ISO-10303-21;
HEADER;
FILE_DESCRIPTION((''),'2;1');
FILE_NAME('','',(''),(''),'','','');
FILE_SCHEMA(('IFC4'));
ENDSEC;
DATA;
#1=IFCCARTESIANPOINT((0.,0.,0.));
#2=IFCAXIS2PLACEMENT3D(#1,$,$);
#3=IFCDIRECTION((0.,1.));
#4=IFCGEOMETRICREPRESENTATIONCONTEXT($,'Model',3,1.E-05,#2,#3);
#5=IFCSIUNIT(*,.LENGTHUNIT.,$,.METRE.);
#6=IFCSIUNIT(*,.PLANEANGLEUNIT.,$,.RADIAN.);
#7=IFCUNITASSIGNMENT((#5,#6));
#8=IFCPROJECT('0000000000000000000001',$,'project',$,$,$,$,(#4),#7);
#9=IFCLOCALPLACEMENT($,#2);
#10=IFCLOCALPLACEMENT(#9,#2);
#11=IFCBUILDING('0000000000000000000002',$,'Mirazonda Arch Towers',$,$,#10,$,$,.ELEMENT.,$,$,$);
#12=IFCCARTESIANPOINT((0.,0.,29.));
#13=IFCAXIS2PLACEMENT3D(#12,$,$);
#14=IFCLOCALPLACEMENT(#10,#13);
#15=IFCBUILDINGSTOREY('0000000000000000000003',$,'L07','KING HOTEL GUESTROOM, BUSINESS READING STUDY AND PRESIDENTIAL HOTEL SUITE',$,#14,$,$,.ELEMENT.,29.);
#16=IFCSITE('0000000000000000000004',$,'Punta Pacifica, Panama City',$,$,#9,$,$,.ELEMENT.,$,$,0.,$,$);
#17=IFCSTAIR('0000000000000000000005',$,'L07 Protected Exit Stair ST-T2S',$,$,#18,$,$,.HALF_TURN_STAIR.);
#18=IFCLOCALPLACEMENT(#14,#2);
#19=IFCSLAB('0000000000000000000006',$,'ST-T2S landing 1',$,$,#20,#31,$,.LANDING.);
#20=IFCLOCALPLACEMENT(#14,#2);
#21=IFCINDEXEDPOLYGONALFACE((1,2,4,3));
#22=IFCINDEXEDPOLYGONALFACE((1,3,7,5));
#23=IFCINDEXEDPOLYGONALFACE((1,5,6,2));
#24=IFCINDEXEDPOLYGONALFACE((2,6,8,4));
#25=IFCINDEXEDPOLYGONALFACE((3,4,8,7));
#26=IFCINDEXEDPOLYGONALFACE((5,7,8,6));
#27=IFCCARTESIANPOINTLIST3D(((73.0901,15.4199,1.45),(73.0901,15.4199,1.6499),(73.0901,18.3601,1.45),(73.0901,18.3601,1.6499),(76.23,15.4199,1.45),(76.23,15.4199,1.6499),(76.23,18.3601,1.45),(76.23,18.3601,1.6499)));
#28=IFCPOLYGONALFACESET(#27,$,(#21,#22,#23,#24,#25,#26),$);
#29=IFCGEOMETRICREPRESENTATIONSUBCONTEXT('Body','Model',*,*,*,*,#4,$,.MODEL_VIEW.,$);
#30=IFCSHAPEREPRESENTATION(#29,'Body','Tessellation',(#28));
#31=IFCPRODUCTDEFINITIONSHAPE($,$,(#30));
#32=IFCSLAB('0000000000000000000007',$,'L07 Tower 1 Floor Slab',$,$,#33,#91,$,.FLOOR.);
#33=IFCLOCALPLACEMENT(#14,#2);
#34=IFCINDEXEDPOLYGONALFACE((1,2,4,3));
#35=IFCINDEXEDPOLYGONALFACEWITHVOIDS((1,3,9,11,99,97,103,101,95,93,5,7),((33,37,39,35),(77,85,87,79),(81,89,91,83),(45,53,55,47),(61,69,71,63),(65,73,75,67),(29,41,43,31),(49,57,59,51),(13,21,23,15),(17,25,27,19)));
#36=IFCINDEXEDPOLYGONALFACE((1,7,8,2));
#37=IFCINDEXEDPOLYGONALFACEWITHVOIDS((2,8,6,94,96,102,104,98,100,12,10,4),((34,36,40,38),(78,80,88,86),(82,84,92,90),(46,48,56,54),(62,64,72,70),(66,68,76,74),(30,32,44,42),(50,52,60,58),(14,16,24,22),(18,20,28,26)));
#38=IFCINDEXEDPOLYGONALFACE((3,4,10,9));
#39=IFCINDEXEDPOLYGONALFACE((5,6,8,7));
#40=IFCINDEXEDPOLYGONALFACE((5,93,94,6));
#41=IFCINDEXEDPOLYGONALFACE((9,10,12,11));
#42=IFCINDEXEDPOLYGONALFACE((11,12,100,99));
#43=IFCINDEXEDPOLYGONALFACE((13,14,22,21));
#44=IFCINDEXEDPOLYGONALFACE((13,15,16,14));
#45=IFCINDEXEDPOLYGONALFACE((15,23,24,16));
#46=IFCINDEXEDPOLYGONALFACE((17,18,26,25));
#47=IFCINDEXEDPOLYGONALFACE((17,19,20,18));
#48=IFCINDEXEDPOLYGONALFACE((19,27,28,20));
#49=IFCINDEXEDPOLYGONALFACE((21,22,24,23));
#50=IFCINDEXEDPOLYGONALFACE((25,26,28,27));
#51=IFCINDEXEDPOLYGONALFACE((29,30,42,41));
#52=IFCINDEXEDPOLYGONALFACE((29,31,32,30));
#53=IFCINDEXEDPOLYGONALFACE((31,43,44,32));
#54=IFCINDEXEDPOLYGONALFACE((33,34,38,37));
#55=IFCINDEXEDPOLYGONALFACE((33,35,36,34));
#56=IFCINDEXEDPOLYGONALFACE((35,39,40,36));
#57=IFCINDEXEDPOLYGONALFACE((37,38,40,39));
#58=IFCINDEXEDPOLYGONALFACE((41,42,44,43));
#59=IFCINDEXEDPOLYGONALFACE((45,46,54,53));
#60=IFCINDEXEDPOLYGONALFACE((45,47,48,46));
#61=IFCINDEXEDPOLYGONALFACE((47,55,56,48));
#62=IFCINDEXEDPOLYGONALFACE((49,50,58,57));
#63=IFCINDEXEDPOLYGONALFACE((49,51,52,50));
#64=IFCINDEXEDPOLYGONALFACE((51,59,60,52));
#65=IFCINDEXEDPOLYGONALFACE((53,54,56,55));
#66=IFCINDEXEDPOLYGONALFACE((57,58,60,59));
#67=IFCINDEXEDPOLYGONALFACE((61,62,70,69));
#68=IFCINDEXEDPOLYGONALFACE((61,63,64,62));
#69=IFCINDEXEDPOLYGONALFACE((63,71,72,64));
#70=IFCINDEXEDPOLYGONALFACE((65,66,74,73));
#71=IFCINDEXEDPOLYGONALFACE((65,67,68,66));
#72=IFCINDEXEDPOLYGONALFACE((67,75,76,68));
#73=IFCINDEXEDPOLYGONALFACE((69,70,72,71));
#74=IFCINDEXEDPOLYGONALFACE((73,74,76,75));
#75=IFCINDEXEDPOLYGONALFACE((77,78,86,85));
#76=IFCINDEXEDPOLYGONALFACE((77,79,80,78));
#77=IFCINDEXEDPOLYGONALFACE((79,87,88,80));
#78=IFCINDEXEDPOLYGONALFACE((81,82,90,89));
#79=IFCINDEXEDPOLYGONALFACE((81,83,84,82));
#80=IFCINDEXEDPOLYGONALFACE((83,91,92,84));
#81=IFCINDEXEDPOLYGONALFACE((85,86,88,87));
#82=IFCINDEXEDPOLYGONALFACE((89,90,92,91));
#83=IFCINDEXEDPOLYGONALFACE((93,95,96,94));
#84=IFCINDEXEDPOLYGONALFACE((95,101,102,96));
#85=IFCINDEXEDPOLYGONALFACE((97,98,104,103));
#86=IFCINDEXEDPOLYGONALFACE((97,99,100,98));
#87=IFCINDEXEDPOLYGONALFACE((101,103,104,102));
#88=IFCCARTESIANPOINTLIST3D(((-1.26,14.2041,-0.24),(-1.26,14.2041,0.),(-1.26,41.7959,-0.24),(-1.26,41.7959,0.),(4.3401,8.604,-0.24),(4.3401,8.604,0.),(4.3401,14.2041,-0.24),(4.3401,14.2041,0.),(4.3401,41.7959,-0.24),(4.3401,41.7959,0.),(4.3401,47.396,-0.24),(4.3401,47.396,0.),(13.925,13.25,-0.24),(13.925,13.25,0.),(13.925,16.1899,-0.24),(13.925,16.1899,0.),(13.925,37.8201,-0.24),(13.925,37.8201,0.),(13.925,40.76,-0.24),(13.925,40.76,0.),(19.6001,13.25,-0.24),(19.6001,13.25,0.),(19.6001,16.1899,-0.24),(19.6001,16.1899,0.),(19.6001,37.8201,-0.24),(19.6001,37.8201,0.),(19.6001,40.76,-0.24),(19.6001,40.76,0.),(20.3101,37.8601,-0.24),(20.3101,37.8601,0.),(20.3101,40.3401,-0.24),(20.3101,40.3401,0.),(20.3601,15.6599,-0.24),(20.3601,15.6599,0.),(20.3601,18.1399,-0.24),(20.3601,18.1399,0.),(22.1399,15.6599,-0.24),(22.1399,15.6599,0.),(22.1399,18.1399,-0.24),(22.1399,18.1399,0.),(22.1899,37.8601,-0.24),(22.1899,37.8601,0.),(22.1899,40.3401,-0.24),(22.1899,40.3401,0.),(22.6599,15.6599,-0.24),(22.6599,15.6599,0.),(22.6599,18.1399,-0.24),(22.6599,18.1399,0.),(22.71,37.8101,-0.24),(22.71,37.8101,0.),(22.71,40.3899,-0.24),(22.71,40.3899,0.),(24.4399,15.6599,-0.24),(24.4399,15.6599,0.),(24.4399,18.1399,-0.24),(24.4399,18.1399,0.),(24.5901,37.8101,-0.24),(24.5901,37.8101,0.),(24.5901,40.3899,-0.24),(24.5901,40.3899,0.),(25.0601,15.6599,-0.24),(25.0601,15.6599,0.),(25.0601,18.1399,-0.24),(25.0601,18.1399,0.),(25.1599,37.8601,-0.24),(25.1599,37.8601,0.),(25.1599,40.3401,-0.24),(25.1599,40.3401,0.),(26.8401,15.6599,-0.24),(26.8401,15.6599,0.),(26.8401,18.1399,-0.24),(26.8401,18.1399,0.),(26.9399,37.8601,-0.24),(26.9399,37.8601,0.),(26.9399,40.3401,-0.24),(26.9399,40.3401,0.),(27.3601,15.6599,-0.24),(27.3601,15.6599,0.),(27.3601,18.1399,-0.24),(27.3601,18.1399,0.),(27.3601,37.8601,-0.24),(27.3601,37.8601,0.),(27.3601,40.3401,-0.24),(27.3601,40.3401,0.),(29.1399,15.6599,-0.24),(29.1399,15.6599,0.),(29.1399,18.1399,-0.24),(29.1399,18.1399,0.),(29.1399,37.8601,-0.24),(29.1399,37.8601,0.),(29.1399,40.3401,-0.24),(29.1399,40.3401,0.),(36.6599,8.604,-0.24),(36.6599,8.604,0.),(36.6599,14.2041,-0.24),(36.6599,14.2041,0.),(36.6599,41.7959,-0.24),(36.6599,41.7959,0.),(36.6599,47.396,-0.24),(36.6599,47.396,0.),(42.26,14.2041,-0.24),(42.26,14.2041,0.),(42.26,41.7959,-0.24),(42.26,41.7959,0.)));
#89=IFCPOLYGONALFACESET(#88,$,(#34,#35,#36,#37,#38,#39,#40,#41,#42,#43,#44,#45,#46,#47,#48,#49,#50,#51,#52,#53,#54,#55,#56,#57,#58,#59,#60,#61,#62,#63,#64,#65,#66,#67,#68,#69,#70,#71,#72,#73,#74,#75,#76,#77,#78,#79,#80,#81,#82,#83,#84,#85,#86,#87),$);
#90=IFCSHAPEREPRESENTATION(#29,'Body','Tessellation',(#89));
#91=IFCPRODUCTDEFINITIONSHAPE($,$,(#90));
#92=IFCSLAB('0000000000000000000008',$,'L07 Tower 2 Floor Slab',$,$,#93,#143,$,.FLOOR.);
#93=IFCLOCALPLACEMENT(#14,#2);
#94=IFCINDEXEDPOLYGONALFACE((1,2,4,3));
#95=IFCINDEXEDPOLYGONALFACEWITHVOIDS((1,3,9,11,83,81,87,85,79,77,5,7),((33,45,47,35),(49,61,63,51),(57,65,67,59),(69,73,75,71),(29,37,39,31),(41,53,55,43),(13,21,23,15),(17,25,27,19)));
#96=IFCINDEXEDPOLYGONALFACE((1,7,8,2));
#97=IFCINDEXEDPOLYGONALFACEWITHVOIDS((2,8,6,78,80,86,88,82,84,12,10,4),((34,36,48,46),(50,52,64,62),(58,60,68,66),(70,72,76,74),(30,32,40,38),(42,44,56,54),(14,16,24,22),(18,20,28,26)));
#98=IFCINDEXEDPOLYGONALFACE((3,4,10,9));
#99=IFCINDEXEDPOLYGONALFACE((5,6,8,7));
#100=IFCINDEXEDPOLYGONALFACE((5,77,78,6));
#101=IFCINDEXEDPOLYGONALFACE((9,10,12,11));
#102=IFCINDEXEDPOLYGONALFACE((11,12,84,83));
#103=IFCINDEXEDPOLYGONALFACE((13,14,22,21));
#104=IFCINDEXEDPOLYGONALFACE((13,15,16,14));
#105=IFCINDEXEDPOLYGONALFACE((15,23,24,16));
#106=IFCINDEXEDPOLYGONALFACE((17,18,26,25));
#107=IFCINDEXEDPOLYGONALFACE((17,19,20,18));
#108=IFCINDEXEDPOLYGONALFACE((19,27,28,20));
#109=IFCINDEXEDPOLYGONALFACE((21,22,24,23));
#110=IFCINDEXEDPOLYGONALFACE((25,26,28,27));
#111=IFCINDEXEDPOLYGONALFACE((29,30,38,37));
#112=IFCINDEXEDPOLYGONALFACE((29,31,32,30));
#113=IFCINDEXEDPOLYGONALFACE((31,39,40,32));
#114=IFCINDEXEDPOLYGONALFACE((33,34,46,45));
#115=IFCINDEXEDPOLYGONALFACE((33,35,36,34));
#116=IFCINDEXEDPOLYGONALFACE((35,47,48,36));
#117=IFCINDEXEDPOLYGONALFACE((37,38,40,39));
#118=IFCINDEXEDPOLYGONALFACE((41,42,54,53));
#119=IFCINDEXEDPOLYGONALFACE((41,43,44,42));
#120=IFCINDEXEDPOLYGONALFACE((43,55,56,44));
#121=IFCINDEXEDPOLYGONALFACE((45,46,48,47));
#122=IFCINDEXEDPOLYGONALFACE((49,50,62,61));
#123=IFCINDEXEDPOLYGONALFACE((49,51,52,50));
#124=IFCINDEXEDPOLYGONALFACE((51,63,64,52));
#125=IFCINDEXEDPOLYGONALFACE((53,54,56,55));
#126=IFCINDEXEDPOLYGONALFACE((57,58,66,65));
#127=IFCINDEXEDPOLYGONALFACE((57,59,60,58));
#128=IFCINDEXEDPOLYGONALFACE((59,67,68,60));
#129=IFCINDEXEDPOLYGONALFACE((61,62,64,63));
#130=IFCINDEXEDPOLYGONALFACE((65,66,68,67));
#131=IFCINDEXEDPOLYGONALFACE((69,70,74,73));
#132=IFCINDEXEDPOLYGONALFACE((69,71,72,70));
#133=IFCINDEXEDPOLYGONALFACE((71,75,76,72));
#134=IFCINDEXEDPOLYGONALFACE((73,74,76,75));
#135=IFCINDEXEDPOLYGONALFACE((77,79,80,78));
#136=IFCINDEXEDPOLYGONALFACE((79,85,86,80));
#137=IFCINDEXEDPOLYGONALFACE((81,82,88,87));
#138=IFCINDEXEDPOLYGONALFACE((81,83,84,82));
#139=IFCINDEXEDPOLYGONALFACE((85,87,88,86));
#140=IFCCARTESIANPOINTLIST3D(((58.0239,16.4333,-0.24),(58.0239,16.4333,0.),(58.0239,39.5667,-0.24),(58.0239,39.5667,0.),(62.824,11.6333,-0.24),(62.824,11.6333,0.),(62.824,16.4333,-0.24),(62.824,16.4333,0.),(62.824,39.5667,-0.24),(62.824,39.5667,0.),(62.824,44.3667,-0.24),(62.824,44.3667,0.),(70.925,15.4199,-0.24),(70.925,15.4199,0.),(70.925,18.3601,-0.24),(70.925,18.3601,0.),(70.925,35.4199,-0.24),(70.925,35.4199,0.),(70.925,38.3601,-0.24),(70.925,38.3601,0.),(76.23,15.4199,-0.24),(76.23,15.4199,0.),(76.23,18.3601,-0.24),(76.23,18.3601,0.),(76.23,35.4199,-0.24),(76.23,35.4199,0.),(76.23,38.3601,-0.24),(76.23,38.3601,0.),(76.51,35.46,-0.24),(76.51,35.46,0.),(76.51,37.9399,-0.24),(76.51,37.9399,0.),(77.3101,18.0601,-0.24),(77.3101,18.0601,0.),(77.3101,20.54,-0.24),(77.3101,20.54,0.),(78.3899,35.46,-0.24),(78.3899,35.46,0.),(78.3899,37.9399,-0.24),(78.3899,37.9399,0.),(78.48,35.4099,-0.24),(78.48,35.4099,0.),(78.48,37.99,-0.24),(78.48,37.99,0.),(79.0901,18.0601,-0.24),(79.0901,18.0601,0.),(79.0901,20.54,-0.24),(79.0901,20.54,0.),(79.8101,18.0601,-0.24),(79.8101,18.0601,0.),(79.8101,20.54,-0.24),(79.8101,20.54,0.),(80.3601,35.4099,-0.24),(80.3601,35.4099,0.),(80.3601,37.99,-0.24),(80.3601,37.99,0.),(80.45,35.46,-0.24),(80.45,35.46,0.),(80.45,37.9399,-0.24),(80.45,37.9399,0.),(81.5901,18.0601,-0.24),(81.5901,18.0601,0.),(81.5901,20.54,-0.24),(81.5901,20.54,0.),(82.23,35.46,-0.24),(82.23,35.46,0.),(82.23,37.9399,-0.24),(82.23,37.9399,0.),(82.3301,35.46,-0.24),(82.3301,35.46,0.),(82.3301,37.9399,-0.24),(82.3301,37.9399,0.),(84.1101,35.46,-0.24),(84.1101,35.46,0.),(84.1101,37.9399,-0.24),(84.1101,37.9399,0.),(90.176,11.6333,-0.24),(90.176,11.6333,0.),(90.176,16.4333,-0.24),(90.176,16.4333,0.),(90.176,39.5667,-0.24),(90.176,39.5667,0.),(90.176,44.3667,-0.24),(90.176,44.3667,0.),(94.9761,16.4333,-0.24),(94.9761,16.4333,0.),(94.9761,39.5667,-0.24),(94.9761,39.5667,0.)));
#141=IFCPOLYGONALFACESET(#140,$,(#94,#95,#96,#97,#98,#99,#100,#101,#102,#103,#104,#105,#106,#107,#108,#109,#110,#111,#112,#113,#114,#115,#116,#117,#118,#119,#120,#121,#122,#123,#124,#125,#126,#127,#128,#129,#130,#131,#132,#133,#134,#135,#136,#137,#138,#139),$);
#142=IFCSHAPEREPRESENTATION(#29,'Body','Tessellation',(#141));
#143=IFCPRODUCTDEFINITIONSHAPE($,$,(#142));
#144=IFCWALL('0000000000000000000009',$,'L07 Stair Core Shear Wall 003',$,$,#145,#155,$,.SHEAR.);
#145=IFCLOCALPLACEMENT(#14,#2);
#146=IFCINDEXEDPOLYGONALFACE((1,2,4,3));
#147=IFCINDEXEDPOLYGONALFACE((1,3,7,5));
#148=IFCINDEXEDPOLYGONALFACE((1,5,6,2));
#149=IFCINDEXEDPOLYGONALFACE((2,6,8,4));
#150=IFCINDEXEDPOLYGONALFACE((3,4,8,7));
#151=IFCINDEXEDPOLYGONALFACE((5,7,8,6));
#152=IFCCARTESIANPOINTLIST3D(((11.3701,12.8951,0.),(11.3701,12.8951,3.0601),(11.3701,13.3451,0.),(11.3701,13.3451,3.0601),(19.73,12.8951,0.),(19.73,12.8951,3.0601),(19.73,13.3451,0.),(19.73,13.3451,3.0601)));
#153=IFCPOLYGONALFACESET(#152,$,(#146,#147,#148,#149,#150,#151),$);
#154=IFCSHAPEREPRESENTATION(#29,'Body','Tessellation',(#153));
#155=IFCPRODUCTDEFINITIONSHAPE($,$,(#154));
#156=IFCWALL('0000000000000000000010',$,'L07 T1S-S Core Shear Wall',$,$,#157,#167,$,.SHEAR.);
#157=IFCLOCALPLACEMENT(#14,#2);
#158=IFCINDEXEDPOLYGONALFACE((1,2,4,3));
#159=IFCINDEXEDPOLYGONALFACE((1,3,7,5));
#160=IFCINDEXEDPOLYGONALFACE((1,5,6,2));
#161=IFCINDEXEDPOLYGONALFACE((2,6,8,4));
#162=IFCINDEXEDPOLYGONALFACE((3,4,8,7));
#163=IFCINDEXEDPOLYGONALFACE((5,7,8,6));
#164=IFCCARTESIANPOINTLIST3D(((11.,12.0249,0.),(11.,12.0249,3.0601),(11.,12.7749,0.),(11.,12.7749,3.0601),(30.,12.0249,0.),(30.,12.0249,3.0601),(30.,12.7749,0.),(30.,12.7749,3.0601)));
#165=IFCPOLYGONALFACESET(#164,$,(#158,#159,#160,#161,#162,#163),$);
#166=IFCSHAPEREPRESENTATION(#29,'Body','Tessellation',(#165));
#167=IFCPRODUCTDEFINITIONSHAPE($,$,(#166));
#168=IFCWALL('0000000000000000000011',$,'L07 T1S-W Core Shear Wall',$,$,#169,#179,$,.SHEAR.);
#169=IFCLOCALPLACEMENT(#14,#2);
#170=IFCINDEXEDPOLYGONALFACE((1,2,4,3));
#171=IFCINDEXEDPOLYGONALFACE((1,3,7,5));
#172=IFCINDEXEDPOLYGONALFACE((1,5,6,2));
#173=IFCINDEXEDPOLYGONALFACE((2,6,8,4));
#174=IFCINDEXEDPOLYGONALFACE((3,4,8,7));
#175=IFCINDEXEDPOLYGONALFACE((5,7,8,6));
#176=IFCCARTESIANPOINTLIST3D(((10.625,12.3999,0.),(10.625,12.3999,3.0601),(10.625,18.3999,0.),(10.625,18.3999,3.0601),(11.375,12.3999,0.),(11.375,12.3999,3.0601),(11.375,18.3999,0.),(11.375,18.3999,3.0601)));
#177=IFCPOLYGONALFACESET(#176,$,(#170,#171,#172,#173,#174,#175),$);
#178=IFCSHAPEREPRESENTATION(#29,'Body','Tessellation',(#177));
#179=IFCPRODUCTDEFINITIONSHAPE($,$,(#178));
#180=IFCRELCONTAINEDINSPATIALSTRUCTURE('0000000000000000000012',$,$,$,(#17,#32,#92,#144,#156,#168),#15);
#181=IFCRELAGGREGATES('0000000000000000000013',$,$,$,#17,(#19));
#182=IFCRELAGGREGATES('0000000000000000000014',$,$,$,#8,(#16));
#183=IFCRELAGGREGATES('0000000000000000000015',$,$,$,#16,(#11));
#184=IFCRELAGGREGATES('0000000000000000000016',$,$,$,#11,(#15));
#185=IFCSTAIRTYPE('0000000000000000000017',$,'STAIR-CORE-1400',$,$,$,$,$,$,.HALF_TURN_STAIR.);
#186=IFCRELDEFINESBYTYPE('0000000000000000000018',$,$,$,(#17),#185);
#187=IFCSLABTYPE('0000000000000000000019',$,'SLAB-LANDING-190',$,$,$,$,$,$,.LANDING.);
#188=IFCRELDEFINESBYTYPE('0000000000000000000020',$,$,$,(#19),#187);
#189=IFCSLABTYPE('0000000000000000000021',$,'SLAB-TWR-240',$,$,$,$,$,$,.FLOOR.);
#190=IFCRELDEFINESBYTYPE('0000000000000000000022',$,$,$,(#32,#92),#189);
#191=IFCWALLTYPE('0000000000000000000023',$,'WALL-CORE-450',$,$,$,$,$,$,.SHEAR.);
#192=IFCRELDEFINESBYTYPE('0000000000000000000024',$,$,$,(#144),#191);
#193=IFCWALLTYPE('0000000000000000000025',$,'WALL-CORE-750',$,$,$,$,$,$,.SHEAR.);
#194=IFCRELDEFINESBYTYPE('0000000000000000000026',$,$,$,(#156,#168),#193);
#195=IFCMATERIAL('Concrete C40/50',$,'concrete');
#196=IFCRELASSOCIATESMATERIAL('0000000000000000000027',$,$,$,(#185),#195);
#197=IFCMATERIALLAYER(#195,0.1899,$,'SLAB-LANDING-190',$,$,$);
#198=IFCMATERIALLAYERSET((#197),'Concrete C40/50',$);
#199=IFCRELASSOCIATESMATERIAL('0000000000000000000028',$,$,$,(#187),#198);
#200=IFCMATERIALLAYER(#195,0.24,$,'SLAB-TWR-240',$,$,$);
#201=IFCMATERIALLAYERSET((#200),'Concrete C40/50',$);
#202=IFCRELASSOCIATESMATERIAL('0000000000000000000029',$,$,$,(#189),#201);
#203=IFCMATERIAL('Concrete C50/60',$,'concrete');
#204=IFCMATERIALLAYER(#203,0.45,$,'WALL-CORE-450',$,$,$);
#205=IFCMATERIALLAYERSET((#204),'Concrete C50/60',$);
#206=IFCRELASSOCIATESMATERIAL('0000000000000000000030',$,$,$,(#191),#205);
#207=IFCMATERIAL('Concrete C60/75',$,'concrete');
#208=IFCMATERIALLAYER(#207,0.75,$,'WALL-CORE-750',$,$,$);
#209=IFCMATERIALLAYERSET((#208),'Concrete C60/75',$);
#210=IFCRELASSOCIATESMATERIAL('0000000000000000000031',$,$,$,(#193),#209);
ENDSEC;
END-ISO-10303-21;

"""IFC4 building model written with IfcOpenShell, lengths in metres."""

from ifc_helpers import new_model, si_unit, direction, frame, frame_2d, origin, place, context, subcontext, project, spatial, polyline, rectangle, outline, extrude, material, layer, layer_set, type_object, element, aggregate, save


model = new_model("IFC4")

# Units and contexts
model_context = context("Model", 3, precision=1e-05, world=origin(), true_north=direction((0.0, 1.0)))
body_context = subcontext(model_context, "Body", "Model", "MODEL_VIEW")
ifc_project = project(units=[si_unit("LENGTHUNIT", "METRE"), si_unit("PLANEANGLEUNIT", "RADIAN")], contexts=[model_context])

# Site, building, storey
site_placement = place(None, origin())
site = spatial("IfcSite", under=ifc_project, at=site_placement, Name="Punta Pacifica, Panama City", CompositionType="ELEMENT", RefElevation=0.0)
building_placement = place(site_placement, origin())
building = spatial("IfcBuilding", under=site, at=building_placement, Name="Mirazonda Arch Towers", CompositionType="ELEMENT")
storey_placement = place(building_placement, frame((0.0, 0.0, 29.0)))
storey = spatial("IfcBuildingStorey", under=building, at=storey_placement, Name="L07", Description="KING HOTEL GUESTROOM, BUSINESS READING STUDY AND PRESIDENTIAL HOTEL SUITE", CompositionType="ELEMENT", Elevation=29.0)

# Shared definitions
ifc_material_1 = material(Name="Concrete C60/75", Category="concrete")

# Stair, slab
ifc_material_2 = material(Name="Concrete C40/50", Category="concrete")
stair_type = type_object("IfcStairType", Name="STAIR-CORE-1400", PredefinedType="HALF_TURN_STAIR", material=ifc_material_2)
ifc_layer_1 = layer(ifc_material_2, 0.1899, Name="SLAB-LANDING-190")
ifc_layer_set_1 = layer_set([ifc_layer_1], Name="Concrete C40/50")
slab_type_1 = type_object("IfcSlabType", Name="SLAB-LANDING-190", PredefinedType="LANDING", material=ifc_layer_set_1)
stair_1_placement = place(storey_placement, origin())
stair_1 = element("IfcStair", 1, at=stair_1_placement, inside=storey, type_object=stair_type, Name="L07 Protected Exit Stair ST-T2S", PredefinedType="HALF_TURN_STAIR")
slab_1_placement = place(storey_placement, frame((0.0, 0.0, 1.45)))
slab_1 = element("IfcSlab", 2, at=slab_1_placement, type_object=slab_type_1, Name="ST-T2S landing 1", PredefinedType="LANDING", context=body_context, shape_type="SweptSolid", body=[
    extrude(outline(polyline([(73.0901, 15.4199), (76.23, 15.4199), (76.23, 18.3601), (73.0901, 18.3601), (73.0901, 15.4199)])), origin(), (0.0, 0.0, 1.0), 0.2),
])
aggregate(stair_1, [slab_1])

# Slabs
ifc_layer_2 = layer(ifc_material_2, 0.24, Name="SLAB-TWR-240")
ifc_layer_set_2 = layer_set([ifc_layer_2], Name="Concrete C40/50")
slab_type_2 = type_object("IfcSlabType", Name="SLAB-TWR-240", PredefinedType="FLOOR", material=ifc_layer_set_2)
slab_2_placement = place(storey_placement, frame((0.0, 0.0, -0.24)))
element("IfcSlab", 3, at=slab_2_placement, inside=storey, type_object=slab_type_2, Name="L07 Tower 1 Floor Slab", PredefinedType="FLOOR", context=body_context, shape_type="SweptSolid", body=[
    extrude(outline(polyline([(4.3401, 8.604), (36.6599, 8.604), (36.6599, 14.2041), (42.26, 14.2041), (42.26, 41.7959), (36.6599, 41.7959), (36.6599, 47.396), (4.3401, 47.396), (4.3401, 41.7959), (-1.26, 41.7959), (-1.26, 14.2041), (4.3401, 14.2041), (4.3401, 8.604)]), holes=[polyline([(29.1399, 18.1399), (29.1399, 15.6599), (27.3601, 15.6599), (27.3601, 18.1399), (29.1399, 18.1399)]), polyline([(29.1399, 40.3401), (29.1399, 37.8601), (27.3601, 37.8601), (27.3601, 40.3401), (29.1399, 40.3401)]), polyline([(25.1599, 40.3401), (26.9399, 40.3401), (26.9399, 37.8601), (25.1599, 37.8601), (25.1599, 40.3401)]), polyline([(26.8401, 18.1399), (26.8401, 15.6599), (25.0601, 15.6599), (25.0601, 18.1399), (26.8401, 18.1399)]), polyline([(22.71, 40.3899), (24.5901, 40.3899), (24.5901, 37.8101), (22.71, 37.8101), (22.71, 40.3899)]), polyline([(22.6599, 18.1399), (24.4399, 18.1399), (24.4399, 15.6599), (22.6599, 15.6599), (22.6599, 18.1399)]), polyline([(20.3101, 40.3401), (22.1899, 40.3401), (22.1899, 37.8601), (20.3101, 37.8601), (20.3101, 40.3401)]), polyline([(20.3601, 18.1399), (22.1399, 18.1399), (22.1399, 15.6599), (20.3601, 15.6599), (20.3601, 18.1399)]), polyline([(13.925, 40.76), (19.6001, 40.76), (19.6001, 37.8201), (13.925, 37.8201), (13.925, 40.76)]), polyline([(13.925, 13.25), (13.925, 16.1899), (19.6001, 16.1899), (19.6001, 13.25), (13.925, 13.25)])]), origin(), (0.0, 0.0, 1.0), 0.24),
])
slab_3_placement = place(storey_placement, frame((0.0, 0.0, -0.24)))
element("IfcSlab", 4, at=slab_3_placement, inside=storey, type_object=slab_type_2, Name="L07 Tower 2 Floor Slab", PredefinedType="FLOOR", context=body_context, shape_type="SweptSolid", body=[
    extrude(outline(polyline([(62.824, 11.6333), (90.176, 11.6333), (90.176, 16.4333), (94.9761, 16.4333), (94.9761, 39.5667), (90.176, 39.5667), (90.176, 44.3667), (62.824, 44.3667), (62.824, 39.5667), (58.0239, 39.5667), (58.0239, 16.4333), (62.824, 16.4333), (62.824, 11.6333)]), holes=[polyline([(82.3301, 37.9399), (84.1101, 37.9399), (84.1101, 35.46), (82.3301, 35.46), (82.3301, 37.9399)]), polyline([(80.45, 37.9399), (82.23, 37.9399), (82.23, 35.46), (80.45, 35.46), (80.45, 37.9399)]), polyline([(79.8101, 20.54), (81.5901, 20.54), (81.5901, 18.0601), (79.8101, 18.0601), (79.8101, 20.54)]), polyline([(78.48, 37.99), (80.3601, 37.99), (80.3601, 35.4099), (78.48, 35.4099), (78.48, 37.99)]), polyline([(77.3101, 20.54), (79.0901, 20.54), (79.0901, 18.0601), (77.3101, 18.0601), (77.3101, 20.54)]), polyline([(76.51, 37.9399), (78.3899, 37.9399), (78.3899, 35.46), (76.51, 35.46), (76.51, 37.9399)]), polyline([(70.925, 15.4199), (70.925, 18.3601), (76.23, 18.3601), (76.23, 15.4199), (70.925, 15.4199)]), polyline([(70.925, 35.4199), (70.925, 38.3601), (76.23, 38.3601), (76.23, 35.4199), (70.925, 35.4199)])]), origin(), (0.0, 0.0, 1.0), 0.24),
])

# Walls
ifc_material_3 = material(Name="Concrete C50/60", Category="concrete")
ifc_layer_3 = layer(ifc_material_3, 0.45, Name="WALL-CORE-450")
ifc_layer_set_3 = layer_set([ifc_layer_3], Name="Concrete C50/60")
wall_type_1 = type_object("IfcWallType", Name="WALL-CORE-450", PredefinedType="SHEAR", material=ifc_layer_set_3)
wall_1_placement = place(storey_placement, frame((11.3701, 13.1201, 0.0), z_axis=(0.0, 0.0, 1.0), x_axis=(1.0, 0.0, 0.0)))
element("IfcWall", 5, at=wall_1_placement, inside=storey, type_object=wall_type_1, Name="L07 Stair Core Shear Wall 003", PredefinedType="SHEAR", context=body_context, shape_type="SweptSolid", body=[
    extrude(rectangle(XDim=8.3599, YDim=0.45, at=frame_2d((4.1799, 0.0))), origin(), (0.0, 0.0, 1.0), 3.0601),
])
ifc_layer_4 = layer(ifc_material_1, 0.75, Name="WALL-CORE-750")
ifc_layer_set_4 = layer_set([ifc_layer_4], Name="Concrete C60/75")
wall_type_2 = type_object("IfcWallType", Name="WALL-CORE-750", PredefinedType="SHEAR", material=ifc_layer_set_4)
wall_2_placement = place(storey_placement, frame((11.0, 12.3999, 0.0), z_axis=(0.0, 0.0, 1.0), x_axis=(1.0, 0.0, 0.0)))
element("IfcWall", 6, at=wall_2_placement, inside=storey, type_object=wall_type_2, Name="L07 T1S-S Core Shear Wall", PredefinedType="SHEAR", context=body_context, shape_type="SweptSolid", body=[
    extrude(rectangle(XDim=19.0, YDim=0.75, at=frame_2d((9.5, 0.0))), origin(), (0.0, 0.0, 1.0), 3.0601),
])
wall_3_placement = place(storey_placement, frame((11.0, 12.3999, 0.0), z_axis=(0.0, 0.0, 1.0), x_axis=(0.0, 1.0, 0.0)))
element("IfcWall", 7, at=wall_3_placement, inside=storey, type_object=wall_type_2, Name="L07 T1S-W Core Shear Wall", PredefinedType="SHEAR", context=body_context, shape_type="SweptSolid", body=[
    extrude(rectangle(XDim=6.0, YDim=0.75, at=frame_2d((3.0, 0.0))), origin(), (0.0, 0.0, 1.0), 3.0601),
])

save(model, "model.ifc")
